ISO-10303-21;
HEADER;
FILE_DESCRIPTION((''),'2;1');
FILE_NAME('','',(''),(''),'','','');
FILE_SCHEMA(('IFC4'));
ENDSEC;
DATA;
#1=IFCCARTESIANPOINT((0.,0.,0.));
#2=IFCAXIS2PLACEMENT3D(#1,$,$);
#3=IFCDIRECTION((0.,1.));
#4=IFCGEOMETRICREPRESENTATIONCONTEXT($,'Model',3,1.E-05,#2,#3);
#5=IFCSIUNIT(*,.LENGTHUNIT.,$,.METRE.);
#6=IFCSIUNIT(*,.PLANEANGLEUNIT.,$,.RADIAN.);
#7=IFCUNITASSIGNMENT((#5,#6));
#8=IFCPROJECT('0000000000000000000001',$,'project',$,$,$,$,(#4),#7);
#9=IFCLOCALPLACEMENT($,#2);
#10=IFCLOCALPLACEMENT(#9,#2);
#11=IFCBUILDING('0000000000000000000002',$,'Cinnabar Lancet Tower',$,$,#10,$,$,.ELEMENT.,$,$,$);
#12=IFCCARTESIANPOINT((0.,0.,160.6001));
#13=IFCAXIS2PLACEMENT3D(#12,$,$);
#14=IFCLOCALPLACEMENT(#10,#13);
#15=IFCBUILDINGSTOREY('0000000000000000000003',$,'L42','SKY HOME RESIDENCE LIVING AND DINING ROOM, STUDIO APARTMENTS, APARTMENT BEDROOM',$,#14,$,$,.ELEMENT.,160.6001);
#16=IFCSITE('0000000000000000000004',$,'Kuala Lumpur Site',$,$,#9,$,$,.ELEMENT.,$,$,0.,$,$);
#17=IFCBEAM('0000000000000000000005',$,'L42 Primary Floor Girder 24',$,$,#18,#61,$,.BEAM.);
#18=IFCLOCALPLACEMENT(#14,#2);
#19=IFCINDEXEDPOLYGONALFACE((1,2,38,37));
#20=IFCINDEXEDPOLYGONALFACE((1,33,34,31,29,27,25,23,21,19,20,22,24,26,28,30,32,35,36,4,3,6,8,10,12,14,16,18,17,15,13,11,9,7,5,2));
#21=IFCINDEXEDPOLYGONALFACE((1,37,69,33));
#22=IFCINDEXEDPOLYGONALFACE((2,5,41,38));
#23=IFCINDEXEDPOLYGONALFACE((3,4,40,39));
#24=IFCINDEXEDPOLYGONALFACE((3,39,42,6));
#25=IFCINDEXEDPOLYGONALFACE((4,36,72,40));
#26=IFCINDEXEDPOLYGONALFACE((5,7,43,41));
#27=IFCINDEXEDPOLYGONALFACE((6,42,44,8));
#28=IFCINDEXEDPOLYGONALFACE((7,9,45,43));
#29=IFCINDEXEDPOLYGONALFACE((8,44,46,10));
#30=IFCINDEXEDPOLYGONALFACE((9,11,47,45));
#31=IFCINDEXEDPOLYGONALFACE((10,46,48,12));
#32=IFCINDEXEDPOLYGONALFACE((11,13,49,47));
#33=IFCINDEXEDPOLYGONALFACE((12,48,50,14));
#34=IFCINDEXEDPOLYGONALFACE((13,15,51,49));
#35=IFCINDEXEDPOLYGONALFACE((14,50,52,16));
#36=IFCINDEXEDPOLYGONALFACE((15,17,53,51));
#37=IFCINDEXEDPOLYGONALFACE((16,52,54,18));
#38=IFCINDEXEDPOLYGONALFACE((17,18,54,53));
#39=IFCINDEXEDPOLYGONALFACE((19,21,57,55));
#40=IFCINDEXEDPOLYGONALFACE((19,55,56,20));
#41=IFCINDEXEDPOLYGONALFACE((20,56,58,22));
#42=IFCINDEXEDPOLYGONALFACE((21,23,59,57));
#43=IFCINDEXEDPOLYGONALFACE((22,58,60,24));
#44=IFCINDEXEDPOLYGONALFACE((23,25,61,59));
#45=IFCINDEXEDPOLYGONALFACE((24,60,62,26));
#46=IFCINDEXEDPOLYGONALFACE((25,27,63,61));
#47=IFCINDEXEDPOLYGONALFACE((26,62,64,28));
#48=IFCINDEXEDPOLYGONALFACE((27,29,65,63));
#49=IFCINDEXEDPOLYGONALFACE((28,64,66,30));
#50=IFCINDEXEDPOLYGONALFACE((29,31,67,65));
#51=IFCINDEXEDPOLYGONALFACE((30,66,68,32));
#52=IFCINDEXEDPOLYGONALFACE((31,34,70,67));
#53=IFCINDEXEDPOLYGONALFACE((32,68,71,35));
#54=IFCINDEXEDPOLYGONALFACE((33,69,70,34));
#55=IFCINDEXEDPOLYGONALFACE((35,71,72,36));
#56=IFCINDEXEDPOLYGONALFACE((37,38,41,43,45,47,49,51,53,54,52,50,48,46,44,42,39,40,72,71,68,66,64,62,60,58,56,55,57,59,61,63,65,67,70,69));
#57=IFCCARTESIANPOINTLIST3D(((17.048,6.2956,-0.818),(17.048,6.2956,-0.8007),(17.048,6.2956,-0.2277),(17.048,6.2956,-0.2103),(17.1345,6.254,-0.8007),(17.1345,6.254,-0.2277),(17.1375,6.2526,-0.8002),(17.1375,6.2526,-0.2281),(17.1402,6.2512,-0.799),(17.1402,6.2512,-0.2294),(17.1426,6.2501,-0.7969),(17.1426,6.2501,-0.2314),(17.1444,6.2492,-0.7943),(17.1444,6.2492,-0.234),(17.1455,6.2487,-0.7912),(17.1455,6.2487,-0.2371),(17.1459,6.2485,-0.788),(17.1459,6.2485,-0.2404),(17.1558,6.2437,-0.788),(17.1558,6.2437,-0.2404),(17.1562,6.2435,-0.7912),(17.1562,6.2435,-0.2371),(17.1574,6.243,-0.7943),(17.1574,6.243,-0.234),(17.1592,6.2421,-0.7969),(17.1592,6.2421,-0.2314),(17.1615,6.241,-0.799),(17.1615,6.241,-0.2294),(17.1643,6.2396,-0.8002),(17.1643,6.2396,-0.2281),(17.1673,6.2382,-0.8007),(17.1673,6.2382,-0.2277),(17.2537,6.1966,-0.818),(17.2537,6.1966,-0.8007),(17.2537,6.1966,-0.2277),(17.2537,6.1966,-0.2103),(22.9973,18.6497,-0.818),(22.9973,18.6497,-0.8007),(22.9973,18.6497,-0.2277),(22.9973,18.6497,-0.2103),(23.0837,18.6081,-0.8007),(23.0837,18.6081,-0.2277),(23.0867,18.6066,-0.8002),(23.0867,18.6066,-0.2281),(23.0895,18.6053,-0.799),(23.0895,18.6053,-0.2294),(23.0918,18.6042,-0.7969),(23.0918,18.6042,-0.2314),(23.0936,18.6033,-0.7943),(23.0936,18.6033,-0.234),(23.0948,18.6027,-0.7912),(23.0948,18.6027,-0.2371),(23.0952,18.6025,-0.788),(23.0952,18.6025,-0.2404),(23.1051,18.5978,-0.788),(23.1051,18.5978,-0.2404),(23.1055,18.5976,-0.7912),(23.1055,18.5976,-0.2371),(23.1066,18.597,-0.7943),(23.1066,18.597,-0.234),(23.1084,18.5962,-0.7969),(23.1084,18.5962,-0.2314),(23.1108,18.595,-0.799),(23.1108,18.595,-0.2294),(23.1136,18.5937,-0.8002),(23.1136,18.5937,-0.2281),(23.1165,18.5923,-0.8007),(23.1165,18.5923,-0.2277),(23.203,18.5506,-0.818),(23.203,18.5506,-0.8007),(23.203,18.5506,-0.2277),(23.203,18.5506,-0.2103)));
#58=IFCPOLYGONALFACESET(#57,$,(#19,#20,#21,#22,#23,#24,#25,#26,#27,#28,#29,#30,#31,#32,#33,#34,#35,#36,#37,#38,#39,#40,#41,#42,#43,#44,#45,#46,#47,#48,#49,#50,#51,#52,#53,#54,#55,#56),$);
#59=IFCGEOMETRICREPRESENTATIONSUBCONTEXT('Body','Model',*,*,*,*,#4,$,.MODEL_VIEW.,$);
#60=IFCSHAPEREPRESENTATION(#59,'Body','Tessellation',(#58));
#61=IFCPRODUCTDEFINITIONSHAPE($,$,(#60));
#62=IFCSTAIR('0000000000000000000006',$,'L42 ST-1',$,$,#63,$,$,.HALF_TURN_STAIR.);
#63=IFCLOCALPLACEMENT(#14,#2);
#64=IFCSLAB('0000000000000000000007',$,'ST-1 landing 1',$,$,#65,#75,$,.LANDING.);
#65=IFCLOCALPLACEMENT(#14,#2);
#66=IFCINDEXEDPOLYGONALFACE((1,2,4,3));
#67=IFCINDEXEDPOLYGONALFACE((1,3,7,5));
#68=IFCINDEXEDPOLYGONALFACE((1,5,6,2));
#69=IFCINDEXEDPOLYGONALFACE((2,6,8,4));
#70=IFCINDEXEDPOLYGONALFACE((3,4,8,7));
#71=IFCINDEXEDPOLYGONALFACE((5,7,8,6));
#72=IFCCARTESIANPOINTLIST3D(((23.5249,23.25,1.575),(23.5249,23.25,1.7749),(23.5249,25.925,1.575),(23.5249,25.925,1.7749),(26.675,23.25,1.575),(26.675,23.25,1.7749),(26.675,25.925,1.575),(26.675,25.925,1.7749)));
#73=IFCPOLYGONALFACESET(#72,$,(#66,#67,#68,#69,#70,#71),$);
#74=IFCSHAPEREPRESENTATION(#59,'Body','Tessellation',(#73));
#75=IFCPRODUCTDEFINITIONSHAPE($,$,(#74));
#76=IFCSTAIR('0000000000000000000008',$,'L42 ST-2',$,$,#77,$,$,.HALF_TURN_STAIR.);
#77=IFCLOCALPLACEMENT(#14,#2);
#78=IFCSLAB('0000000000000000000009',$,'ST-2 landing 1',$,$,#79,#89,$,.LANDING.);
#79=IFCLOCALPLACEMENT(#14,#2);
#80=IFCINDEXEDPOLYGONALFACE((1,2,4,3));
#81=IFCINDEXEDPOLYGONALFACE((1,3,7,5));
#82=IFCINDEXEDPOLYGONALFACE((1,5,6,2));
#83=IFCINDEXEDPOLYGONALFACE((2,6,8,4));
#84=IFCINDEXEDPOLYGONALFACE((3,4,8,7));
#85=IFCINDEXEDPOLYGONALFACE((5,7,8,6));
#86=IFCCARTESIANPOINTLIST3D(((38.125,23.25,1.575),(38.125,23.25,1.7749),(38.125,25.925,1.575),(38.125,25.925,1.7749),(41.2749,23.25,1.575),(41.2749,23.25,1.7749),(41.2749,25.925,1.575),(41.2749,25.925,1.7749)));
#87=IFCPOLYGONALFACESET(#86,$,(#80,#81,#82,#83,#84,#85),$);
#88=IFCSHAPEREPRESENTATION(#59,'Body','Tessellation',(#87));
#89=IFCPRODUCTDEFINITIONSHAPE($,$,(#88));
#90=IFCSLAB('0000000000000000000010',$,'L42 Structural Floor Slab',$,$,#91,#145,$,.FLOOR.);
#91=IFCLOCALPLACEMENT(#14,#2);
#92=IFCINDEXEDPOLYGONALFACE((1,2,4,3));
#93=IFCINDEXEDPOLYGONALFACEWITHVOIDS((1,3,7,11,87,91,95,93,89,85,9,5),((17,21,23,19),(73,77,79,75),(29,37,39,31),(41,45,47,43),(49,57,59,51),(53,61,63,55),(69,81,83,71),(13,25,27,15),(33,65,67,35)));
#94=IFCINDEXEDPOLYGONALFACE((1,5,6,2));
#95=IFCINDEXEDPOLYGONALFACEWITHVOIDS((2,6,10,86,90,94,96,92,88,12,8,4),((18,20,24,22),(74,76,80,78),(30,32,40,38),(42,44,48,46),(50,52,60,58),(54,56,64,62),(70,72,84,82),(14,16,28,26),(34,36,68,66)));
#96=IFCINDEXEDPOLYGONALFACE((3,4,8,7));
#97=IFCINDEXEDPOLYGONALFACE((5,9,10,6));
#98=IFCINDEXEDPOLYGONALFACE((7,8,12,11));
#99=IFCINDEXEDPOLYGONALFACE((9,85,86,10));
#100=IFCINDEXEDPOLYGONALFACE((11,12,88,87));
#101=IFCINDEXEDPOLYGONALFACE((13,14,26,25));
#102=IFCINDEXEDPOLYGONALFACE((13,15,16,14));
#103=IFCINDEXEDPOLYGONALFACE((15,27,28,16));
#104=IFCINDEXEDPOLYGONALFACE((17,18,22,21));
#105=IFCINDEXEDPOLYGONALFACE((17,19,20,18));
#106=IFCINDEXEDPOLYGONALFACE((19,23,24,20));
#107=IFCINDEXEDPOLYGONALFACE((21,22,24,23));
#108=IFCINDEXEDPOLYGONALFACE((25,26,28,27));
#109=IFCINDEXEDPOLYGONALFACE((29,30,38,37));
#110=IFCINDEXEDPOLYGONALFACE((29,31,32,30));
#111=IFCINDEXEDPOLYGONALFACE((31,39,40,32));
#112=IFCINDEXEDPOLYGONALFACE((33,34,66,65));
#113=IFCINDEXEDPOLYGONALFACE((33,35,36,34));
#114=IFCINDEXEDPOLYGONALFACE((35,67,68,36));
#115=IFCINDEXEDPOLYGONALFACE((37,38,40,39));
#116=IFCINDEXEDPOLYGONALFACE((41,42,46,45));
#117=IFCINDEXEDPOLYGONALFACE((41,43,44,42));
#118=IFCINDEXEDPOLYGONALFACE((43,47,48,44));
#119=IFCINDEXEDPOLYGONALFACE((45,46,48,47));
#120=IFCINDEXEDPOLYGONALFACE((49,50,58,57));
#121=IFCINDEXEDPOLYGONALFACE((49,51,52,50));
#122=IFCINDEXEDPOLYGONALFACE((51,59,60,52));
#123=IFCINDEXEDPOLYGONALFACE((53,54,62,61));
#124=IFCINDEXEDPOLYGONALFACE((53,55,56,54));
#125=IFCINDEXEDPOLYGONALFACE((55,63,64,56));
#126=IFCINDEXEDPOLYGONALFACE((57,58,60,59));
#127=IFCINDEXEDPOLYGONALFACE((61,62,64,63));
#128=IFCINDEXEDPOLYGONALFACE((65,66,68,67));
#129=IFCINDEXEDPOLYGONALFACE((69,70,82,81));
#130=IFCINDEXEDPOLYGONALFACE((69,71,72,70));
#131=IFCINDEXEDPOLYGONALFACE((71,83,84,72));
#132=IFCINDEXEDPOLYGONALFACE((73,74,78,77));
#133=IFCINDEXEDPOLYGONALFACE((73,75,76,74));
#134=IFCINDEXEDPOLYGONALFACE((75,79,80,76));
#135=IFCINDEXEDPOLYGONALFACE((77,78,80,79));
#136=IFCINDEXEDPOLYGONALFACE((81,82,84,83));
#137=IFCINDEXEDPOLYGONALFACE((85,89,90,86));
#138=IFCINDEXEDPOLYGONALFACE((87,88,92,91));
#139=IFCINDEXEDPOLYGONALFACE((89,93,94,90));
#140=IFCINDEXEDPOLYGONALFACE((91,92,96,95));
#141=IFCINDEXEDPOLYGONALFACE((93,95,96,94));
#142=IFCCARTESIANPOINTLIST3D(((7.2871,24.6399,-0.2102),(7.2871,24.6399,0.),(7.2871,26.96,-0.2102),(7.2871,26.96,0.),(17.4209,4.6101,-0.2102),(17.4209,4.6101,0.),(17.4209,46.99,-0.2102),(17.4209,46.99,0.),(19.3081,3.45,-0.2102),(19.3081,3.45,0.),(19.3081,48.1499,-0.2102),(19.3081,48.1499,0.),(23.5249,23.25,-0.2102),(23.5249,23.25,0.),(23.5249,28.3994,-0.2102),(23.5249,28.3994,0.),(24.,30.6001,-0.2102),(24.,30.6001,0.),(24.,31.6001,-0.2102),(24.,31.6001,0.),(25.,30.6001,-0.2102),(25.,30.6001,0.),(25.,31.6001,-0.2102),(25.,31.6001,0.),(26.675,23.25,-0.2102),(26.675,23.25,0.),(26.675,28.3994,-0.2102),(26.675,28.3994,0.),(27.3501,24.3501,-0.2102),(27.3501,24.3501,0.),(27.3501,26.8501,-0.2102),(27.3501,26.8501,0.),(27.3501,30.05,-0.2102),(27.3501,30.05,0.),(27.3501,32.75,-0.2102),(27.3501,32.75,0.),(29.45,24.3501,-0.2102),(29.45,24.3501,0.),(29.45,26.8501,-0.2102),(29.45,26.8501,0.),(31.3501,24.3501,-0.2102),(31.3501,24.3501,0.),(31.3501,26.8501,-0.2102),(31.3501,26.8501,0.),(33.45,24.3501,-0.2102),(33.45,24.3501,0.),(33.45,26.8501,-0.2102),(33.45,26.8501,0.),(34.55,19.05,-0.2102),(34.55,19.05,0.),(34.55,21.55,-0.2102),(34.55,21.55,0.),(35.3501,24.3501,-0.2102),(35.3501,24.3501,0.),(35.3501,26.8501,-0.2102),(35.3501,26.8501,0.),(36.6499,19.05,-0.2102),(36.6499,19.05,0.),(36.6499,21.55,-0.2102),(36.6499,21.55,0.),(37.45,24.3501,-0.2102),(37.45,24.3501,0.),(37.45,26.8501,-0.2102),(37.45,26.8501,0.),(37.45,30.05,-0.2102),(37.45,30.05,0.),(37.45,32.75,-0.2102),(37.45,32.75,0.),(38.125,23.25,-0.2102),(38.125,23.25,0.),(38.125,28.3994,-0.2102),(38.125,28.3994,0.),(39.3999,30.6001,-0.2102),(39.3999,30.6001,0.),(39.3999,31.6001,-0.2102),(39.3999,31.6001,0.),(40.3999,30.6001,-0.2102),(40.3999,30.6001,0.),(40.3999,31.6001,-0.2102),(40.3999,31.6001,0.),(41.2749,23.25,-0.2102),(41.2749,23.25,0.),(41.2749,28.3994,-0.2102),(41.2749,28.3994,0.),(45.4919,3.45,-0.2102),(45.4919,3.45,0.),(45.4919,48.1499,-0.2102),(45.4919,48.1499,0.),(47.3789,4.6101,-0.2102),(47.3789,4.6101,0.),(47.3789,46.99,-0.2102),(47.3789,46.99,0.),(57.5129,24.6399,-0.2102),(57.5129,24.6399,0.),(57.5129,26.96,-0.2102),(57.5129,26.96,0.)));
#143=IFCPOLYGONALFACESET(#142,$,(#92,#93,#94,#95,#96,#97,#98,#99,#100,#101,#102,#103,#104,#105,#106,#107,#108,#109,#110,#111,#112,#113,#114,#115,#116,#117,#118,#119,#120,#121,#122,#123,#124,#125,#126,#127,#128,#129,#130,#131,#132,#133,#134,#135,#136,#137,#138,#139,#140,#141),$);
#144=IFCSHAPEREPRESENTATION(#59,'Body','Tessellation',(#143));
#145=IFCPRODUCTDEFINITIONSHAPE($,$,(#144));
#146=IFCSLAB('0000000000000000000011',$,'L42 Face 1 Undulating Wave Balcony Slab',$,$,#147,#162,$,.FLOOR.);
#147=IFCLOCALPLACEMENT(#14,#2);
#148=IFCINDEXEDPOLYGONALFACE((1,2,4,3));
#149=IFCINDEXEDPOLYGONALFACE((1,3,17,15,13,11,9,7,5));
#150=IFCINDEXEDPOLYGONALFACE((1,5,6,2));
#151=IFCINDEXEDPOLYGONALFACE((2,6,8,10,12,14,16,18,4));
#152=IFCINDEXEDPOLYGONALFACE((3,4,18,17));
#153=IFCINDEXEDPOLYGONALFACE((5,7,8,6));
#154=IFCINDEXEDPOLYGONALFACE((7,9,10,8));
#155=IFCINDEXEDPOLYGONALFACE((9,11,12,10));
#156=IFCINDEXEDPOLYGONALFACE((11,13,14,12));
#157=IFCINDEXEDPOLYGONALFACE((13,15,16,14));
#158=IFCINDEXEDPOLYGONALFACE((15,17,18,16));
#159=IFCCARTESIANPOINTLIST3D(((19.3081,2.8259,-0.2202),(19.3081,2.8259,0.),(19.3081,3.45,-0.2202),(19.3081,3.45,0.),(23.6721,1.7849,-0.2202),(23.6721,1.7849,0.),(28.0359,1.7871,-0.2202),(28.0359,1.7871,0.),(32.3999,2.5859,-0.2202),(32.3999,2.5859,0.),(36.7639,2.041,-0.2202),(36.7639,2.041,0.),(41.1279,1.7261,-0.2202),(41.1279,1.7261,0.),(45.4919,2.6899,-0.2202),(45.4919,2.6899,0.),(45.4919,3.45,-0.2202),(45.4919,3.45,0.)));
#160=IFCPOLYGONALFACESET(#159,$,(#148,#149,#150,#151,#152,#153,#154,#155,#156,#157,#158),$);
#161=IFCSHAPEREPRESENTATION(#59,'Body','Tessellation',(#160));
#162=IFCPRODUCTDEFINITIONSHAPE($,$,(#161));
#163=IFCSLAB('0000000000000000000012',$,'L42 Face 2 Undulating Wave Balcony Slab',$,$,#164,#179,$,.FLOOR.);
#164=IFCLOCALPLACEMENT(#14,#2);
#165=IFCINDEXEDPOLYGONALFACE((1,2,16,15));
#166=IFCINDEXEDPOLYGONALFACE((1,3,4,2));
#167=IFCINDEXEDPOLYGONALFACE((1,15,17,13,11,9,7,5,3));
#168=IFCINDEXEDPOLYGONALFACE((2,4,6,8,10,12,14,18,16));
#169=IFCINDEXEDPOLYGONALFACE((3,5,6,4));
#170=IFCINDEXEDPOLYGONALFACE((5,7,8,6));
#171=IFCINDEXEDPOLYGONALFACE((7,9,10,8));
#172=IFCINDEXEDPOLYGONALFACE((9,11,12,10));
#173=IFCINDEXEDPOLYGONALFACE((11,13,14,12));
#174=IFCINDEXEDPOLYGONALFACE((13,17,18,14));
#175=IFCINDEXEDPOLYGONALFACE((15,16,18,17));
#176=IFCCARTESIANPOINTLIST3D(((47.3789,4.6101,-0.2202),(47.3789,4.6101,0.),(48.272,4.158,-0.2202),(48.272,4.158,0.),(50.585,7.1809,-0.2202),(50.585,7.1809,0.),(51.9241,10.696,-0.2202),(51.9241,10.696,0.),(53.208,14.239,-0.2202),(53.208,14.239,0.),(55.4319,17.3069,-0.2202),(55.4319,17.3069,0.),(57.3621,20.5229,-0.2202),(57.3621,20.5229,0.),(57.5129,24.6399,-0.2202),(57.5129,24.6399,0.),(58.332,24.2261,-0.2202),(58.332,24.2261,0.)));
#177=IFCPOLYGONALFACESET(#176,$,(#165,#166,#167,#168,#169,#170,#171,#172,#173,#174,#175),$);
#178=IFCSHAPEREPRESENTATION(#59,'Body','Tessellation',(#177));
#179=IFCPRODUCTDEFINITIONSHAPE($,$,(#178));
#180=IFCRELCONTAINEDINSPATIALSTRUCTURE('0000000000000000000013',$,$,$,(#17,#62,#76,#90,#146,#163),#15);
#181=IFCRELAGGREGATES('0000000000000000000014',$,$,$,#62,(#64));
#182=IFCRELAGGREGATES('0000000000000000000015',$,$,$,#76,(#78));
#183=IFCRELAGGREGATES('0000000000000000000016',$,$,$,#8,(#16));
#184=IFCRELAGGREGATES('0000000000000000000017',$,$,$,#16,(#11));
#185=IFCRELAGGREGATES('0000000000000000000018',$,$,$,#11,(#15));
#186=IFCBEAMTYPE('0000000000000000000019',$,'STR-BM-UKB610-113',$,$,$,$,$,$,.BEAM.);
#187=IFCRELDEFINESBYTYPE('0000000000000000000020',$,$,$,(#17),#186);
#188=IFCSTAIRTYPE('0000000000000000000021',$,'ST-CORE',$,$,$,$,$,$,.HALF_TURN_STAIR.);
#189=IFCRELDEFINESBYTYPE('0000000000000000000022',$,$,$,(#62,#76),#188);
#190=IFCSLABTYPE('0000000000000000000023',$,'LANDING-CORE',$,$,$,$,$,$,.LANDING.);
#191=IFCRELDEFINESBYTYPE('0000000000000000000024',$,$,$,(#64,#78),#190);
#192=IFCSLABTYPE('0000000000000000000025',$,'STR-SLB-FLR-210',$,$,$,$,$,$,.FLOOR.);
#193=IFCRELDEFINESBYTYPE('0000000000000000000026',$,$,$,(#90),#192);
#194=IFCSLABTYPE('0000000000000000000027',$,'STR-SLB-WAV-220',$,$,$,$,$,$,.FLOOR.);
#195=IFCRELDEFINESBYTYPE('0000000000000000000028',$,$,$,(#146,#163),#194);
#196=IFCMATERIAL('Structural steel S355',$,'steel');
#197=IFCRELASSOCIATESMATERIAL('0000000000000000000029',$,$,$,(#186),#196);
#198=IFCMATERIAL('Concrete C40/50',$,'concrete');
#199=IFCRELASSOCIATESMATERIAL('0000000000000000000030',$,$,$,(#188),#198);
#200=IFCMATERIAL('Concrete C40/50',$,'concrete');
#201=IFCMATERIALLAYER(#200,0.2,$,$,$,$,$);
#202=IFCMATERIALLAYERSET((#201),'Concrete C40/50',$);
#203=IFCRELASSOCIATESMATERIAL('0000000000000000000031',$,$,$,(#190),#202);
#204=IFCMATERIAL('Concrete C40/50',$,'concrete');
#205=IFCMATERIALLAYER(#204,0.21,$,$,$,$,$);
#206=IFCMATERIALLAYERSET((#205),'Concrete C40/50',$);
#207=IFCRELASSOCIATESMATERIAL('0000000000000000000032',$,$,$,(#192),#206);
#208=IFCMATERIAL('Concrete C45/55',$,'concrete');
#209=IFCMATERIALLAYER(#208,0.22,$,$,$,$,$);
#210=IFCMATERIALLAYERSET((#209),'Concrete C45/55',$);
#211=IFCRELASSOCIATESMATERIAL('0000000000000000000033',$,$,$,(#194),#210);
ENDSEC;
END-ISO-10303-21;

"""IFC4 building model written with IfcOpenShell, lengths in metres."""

from ifc_helpers import new_model, si_unit, direction, frame, origin, origin_2d, place, context, subcontext, project, spatial, polyline, i_section, outline, extrude, material, layer, layer_set, material_profile, profile_set, type_object, element, aggregate, save


model = new_model("IFC4")

# Units and contexts
model_context = context("Model", 3, precision=1e-05, world=origin(), true_north=direction((0.0, 1.0)))
body_context = subcontext(model_context, "Body", "Model", "MODEL_VIEW")
ifc_project = project(units=[si_unit("LENGTHUNIT", "METRE"), si_unit("PLANEANGLEUNIT", "RADIAN")], contexts=[model_context])

# Site, building, storey
site_placement = place(None, origin())
site = spatial("IfcSite", under=ifc_project, at=site_placement, Name="Kuala Lumpur Site", CompositionType="ELEMENT", RefElevation=0.0)
building_placement = place(site_placement, origin())
building = spatial("IfcBuilding", under=site, at=building_placement, Name="Cinnabar Lancet Tower", CompositionType="ELEMENT")
storey_placement = place(building_placement, frame((0.0, 0.0, 160.6001)))
storey = spatial("IfcBuildingStorey", under=building, at=storey_placement, Name="L42", Description="SKY HOME RESIDENCE LIVING AND DINING ROOM, STUDIO APARTMENTS, APARTMENT BEDROOM", CompositionType="ELEMENT", Elevation=160.6001)

# Beam
ifc_material_1 = material(Name="Structural steel S355", Category="steel")
ifc_material_profile_1 = material_profile(ifc_material_1, i_section(OverallWidth=0.2283, OverallDepth=0.6077, WebThickness=0.011, FlangeThickness=0.0173, FilletRadius=0.0127, at=origin_2d()), Name="UKB 610x229x113")
ifc_profile_set_1 = profile_set([ifc_material_profile_1], Name="Structural steel S355")
beam_type_1 = type_object("IfcBeamType", Name="STR-BM-UKB610-113", PredefinedType="BEAM", material=ifc_profile_set_1)
beam_1_placement = place(storey_placement, frame((17.1509, 6.2461, -0.5142), z_axis=(0.433875, 0.900973, 0.0), x_axis=(-0.900973, 0.433875, 0.0)))
element("IfcBeam", 1, at=beam_1_placement, inside=storey, type_object=beam_type_1, Name="L42 Primary Floor Girder 24", PredefinedType="BEAM", context=body_context, shape_type="SweptSolid", body=[
    extrude(i_section(OverallWidth=0.2283, OverallDepth=0.6077, WebThickness=0.011, FlangeThickness=0.0173, FilletRadius=0.0127, at=origin_2d()), origin(), (0.0, 0.0, 1.0), 13.7119),
])

# Stairs, slabs
ifc_material_2 = material(Name="Concrete C40/50", Category="concrete")
stair_type = type_object("IfcStairType", Name="ST-CORE", PredefinedType="HALF_TURN_STAIR", material=ifc_material_2)
stair_1_placement = place(storey_placement, origin())
stair_1 = element("IfcStair", 2, at=stair_1_placement, inside=storey, type_object=stair_type, Name="L42 ST-1", PredefinedType="HALF_TURN_STAIR")
ifc_material_3 = material(Name="Concrete C40/50", Category="concrete")
ifc_layer_1 = layer(ifc_material_3, 0.2)
ifc_layer_set_1 = layer_set([ifc_layer_1], Name="Concrete C40/50")
slab_type_1 = type_object("IfcSlabType", Name="LANDING-CORE", PredefinedType="LANDING", material=ifc_layer_set_1)
slab_1_placement = place(storey_placement, frame((0.0, 0.0, 1.575)))
slab_1 = element("IfcSlab", 3, at=slab_1_placement, type_object=slab_type_1, Name="ST-1 landing 1", PredefinedType="LANDING", context=body_context, shape_type="SweptSolid", body=[
    extrude(outline(polyline([(23.5249, 25.925), (23.5249, 23.25), (26.675, 23.25), (26.675, 25.925), (23.5249, 25.925)])), origin(), (0.0, 0.0, 1.0), 0.2),
])
aggregate(stair_1, [slab_1])
stair_2_placement = place(storey_placement, origin())
stair_2 = element("IfcStair", 4, at=stair_2_placement, inside=storey, type_object=stair_type, Name="L42 ST-2", PredefinedType="HALF_TURN_STAIR")
slab_2_placement = place(storey_placement, frame((0.0, 0.0, 1.575)))
slab_2 = element("IfcSlab", 5, at=slab_2_placement, type_object=slab_type_1, Name="ST-2 landing 1", PredefinedType="LANDING", context=body_context, shape_type="SweptSolid", body=[
    extrude(outline(polyline([(38.125, 25.925), (38.125, 23.25), (41.2749, 23.25), (41.2749, 25.925), (38.125, 25.925)])), origin(), (0.0, 0.0, 1.0), 0.2),
])
aggregate(stair_2, [slab_2])

# Slabs
ifc_material_4 = material(Name="Concrete C40/50", Category="concrete")
ifc_layer_2 = layer(ifc_material_4, 0.21)
ifc_layer_set_2 = layer_set([ifc_layer_2], Name="Concrete C40/50")
slab_type_2 = type_object("IfcSlabType", Name="STR-SLB-FLR-210", PredefinedType="FLOOR", material=ifc_layer_set_2)
slab_3_placement = place(storey_placement, frame((0.0, 0.0, -0.2102)))
element("IfcSlab", 6, at=slab_3_placement, inside=storey, type_object=slab_type_2, Name="L42 Structural Floor Slab", PredefinedType="FLOOR", context=body_context, shape_type="SweptSolid", body=[
    extrude(outline(polyline([(17.4209, 4.6101), (19.3081, 3.45), (45.4919, 3.45), (47.3789, 4.6101), (57.5129, 24.6399), (57.5129, 26.96), (47.3789, 46.99), (45.4919, 48.1499), (19.3081, 48.1499), (17.4209, 46.99), (7.2871, 26.96), (7.2871, 24.6399), (17.4209, 4.6101)]), holes=[polyline([(23.5249, 23.25), (26.675, 23.25), (26.675, 28.3994), (23.5249, 28.3994), (23.5249, 23.25)]), polyline([(38.125, 23.25), (41.2749, 23.25), (41.2749, 28.3994), (38.125, 28.3994), (38.125, 23.25)]), polyline([(27.3501, 30.05), (37.45, 30.05), (37.45, 32.75), (27.3501, 32.75), (27.3501, 30.05)]), polyline([(34.55, 19.05), (36.6499, 19.05), (36.6499, 21.55), (34.55, 21.55), (34.55, 19.05)]), polyline([(27.3501, 24.3501), (29.45, 24.3501), (29.45, 26.8501), (27.3501, 26.8501), (27.3501, 24.3501)]), polyline([(35.3501, 24.3501), (37.45, 24.3501), (37.45, 26.8501), (35.3501, 26.8501), (35.3501, 24.3501)]), polyline([(31.3501, 24.3501), (33.45, 24.3501), (33.45, 26.8501), (31.3501, 26.8501), (31.3501, 24.3501)]), polyline([(24.0, 30.6001), (25.0, 30.6001), (25.0, 31.6001), (24.0, 31.6001), (24.0, 30.6001)]), polyline([(39.3999, 30.6001), (40.3999, 30.6001), (40.3999, 31.6001), (39.3999, 31.6001), (39.3999, 30.6001)])]), origin(), (0.0, 0.0, 1.0), 0.2102),
])
ifc_material_5 = material(Name="Concrete C45/55", Category="concrete")
ifc_layer_3 = layer(ifc_material_5, 0.22)
ifc_layer_set_3 = layer_set([ifc_layer_3], Name="Concrete C45/55")
slab_type_3 = type_object("IfcSlabType", Name="STR-SLB-WAV-220", PredefinedType="FLOOR", material=ifc_layer_set_3)
slab_4_placement = place(storey_placement, frame((0.0, 0.0, -0.2202)))
element("IfcSlab", 7, at=slab_4_placement, inside=storey, type_object=slab_type_3, Name="L42 Face 1 Undulating Wave Balcony Slab", PredefinedType="FLOOR", context=body_context, shape_type="SweptSolid", body=[
    extrude(outline(polyline([(19.3081, 3.45), (19.3081, 2.8259), (23.6721, 1.7849), (28.0359, 1.7871), (32.3999, 2.5859), (36.7639, 2.041), (41.1279, 1.7261), (45.4919, 2.6899), (45.4919, 3.45), (19.3081, 3.45)])), origin(), (0.0, 0.0, 1.0), 0.2202),
])
slab_5_placement = place(storey_placement, frame((0.0, 0.0, -0.2202)))
element("IfcSlab", 8, at=slab_5_placement, inside=storey, type_object=slab_type_3, Name="L42 Face 2 Undulating Wave Balcony Slab", PredefinedType="FLOOR", context=body_context, shape_type="SweptSolid", body=[
    extrude(outline(polyline([(47.3789, 4.6101), (48.272, 4.158), (50.585, 7.1809), (51.9241, 10.696), (53.208, 14.239), (55.4319, 17.3069), (57.3621, 20.5229), (58.332, 24.2261), (57.5129, 24.6399), (47.3789, 4.6101)])), origin(), (0.0, 0.0, 1.0), 0.2202),
])

save(model, "model.ifc")
